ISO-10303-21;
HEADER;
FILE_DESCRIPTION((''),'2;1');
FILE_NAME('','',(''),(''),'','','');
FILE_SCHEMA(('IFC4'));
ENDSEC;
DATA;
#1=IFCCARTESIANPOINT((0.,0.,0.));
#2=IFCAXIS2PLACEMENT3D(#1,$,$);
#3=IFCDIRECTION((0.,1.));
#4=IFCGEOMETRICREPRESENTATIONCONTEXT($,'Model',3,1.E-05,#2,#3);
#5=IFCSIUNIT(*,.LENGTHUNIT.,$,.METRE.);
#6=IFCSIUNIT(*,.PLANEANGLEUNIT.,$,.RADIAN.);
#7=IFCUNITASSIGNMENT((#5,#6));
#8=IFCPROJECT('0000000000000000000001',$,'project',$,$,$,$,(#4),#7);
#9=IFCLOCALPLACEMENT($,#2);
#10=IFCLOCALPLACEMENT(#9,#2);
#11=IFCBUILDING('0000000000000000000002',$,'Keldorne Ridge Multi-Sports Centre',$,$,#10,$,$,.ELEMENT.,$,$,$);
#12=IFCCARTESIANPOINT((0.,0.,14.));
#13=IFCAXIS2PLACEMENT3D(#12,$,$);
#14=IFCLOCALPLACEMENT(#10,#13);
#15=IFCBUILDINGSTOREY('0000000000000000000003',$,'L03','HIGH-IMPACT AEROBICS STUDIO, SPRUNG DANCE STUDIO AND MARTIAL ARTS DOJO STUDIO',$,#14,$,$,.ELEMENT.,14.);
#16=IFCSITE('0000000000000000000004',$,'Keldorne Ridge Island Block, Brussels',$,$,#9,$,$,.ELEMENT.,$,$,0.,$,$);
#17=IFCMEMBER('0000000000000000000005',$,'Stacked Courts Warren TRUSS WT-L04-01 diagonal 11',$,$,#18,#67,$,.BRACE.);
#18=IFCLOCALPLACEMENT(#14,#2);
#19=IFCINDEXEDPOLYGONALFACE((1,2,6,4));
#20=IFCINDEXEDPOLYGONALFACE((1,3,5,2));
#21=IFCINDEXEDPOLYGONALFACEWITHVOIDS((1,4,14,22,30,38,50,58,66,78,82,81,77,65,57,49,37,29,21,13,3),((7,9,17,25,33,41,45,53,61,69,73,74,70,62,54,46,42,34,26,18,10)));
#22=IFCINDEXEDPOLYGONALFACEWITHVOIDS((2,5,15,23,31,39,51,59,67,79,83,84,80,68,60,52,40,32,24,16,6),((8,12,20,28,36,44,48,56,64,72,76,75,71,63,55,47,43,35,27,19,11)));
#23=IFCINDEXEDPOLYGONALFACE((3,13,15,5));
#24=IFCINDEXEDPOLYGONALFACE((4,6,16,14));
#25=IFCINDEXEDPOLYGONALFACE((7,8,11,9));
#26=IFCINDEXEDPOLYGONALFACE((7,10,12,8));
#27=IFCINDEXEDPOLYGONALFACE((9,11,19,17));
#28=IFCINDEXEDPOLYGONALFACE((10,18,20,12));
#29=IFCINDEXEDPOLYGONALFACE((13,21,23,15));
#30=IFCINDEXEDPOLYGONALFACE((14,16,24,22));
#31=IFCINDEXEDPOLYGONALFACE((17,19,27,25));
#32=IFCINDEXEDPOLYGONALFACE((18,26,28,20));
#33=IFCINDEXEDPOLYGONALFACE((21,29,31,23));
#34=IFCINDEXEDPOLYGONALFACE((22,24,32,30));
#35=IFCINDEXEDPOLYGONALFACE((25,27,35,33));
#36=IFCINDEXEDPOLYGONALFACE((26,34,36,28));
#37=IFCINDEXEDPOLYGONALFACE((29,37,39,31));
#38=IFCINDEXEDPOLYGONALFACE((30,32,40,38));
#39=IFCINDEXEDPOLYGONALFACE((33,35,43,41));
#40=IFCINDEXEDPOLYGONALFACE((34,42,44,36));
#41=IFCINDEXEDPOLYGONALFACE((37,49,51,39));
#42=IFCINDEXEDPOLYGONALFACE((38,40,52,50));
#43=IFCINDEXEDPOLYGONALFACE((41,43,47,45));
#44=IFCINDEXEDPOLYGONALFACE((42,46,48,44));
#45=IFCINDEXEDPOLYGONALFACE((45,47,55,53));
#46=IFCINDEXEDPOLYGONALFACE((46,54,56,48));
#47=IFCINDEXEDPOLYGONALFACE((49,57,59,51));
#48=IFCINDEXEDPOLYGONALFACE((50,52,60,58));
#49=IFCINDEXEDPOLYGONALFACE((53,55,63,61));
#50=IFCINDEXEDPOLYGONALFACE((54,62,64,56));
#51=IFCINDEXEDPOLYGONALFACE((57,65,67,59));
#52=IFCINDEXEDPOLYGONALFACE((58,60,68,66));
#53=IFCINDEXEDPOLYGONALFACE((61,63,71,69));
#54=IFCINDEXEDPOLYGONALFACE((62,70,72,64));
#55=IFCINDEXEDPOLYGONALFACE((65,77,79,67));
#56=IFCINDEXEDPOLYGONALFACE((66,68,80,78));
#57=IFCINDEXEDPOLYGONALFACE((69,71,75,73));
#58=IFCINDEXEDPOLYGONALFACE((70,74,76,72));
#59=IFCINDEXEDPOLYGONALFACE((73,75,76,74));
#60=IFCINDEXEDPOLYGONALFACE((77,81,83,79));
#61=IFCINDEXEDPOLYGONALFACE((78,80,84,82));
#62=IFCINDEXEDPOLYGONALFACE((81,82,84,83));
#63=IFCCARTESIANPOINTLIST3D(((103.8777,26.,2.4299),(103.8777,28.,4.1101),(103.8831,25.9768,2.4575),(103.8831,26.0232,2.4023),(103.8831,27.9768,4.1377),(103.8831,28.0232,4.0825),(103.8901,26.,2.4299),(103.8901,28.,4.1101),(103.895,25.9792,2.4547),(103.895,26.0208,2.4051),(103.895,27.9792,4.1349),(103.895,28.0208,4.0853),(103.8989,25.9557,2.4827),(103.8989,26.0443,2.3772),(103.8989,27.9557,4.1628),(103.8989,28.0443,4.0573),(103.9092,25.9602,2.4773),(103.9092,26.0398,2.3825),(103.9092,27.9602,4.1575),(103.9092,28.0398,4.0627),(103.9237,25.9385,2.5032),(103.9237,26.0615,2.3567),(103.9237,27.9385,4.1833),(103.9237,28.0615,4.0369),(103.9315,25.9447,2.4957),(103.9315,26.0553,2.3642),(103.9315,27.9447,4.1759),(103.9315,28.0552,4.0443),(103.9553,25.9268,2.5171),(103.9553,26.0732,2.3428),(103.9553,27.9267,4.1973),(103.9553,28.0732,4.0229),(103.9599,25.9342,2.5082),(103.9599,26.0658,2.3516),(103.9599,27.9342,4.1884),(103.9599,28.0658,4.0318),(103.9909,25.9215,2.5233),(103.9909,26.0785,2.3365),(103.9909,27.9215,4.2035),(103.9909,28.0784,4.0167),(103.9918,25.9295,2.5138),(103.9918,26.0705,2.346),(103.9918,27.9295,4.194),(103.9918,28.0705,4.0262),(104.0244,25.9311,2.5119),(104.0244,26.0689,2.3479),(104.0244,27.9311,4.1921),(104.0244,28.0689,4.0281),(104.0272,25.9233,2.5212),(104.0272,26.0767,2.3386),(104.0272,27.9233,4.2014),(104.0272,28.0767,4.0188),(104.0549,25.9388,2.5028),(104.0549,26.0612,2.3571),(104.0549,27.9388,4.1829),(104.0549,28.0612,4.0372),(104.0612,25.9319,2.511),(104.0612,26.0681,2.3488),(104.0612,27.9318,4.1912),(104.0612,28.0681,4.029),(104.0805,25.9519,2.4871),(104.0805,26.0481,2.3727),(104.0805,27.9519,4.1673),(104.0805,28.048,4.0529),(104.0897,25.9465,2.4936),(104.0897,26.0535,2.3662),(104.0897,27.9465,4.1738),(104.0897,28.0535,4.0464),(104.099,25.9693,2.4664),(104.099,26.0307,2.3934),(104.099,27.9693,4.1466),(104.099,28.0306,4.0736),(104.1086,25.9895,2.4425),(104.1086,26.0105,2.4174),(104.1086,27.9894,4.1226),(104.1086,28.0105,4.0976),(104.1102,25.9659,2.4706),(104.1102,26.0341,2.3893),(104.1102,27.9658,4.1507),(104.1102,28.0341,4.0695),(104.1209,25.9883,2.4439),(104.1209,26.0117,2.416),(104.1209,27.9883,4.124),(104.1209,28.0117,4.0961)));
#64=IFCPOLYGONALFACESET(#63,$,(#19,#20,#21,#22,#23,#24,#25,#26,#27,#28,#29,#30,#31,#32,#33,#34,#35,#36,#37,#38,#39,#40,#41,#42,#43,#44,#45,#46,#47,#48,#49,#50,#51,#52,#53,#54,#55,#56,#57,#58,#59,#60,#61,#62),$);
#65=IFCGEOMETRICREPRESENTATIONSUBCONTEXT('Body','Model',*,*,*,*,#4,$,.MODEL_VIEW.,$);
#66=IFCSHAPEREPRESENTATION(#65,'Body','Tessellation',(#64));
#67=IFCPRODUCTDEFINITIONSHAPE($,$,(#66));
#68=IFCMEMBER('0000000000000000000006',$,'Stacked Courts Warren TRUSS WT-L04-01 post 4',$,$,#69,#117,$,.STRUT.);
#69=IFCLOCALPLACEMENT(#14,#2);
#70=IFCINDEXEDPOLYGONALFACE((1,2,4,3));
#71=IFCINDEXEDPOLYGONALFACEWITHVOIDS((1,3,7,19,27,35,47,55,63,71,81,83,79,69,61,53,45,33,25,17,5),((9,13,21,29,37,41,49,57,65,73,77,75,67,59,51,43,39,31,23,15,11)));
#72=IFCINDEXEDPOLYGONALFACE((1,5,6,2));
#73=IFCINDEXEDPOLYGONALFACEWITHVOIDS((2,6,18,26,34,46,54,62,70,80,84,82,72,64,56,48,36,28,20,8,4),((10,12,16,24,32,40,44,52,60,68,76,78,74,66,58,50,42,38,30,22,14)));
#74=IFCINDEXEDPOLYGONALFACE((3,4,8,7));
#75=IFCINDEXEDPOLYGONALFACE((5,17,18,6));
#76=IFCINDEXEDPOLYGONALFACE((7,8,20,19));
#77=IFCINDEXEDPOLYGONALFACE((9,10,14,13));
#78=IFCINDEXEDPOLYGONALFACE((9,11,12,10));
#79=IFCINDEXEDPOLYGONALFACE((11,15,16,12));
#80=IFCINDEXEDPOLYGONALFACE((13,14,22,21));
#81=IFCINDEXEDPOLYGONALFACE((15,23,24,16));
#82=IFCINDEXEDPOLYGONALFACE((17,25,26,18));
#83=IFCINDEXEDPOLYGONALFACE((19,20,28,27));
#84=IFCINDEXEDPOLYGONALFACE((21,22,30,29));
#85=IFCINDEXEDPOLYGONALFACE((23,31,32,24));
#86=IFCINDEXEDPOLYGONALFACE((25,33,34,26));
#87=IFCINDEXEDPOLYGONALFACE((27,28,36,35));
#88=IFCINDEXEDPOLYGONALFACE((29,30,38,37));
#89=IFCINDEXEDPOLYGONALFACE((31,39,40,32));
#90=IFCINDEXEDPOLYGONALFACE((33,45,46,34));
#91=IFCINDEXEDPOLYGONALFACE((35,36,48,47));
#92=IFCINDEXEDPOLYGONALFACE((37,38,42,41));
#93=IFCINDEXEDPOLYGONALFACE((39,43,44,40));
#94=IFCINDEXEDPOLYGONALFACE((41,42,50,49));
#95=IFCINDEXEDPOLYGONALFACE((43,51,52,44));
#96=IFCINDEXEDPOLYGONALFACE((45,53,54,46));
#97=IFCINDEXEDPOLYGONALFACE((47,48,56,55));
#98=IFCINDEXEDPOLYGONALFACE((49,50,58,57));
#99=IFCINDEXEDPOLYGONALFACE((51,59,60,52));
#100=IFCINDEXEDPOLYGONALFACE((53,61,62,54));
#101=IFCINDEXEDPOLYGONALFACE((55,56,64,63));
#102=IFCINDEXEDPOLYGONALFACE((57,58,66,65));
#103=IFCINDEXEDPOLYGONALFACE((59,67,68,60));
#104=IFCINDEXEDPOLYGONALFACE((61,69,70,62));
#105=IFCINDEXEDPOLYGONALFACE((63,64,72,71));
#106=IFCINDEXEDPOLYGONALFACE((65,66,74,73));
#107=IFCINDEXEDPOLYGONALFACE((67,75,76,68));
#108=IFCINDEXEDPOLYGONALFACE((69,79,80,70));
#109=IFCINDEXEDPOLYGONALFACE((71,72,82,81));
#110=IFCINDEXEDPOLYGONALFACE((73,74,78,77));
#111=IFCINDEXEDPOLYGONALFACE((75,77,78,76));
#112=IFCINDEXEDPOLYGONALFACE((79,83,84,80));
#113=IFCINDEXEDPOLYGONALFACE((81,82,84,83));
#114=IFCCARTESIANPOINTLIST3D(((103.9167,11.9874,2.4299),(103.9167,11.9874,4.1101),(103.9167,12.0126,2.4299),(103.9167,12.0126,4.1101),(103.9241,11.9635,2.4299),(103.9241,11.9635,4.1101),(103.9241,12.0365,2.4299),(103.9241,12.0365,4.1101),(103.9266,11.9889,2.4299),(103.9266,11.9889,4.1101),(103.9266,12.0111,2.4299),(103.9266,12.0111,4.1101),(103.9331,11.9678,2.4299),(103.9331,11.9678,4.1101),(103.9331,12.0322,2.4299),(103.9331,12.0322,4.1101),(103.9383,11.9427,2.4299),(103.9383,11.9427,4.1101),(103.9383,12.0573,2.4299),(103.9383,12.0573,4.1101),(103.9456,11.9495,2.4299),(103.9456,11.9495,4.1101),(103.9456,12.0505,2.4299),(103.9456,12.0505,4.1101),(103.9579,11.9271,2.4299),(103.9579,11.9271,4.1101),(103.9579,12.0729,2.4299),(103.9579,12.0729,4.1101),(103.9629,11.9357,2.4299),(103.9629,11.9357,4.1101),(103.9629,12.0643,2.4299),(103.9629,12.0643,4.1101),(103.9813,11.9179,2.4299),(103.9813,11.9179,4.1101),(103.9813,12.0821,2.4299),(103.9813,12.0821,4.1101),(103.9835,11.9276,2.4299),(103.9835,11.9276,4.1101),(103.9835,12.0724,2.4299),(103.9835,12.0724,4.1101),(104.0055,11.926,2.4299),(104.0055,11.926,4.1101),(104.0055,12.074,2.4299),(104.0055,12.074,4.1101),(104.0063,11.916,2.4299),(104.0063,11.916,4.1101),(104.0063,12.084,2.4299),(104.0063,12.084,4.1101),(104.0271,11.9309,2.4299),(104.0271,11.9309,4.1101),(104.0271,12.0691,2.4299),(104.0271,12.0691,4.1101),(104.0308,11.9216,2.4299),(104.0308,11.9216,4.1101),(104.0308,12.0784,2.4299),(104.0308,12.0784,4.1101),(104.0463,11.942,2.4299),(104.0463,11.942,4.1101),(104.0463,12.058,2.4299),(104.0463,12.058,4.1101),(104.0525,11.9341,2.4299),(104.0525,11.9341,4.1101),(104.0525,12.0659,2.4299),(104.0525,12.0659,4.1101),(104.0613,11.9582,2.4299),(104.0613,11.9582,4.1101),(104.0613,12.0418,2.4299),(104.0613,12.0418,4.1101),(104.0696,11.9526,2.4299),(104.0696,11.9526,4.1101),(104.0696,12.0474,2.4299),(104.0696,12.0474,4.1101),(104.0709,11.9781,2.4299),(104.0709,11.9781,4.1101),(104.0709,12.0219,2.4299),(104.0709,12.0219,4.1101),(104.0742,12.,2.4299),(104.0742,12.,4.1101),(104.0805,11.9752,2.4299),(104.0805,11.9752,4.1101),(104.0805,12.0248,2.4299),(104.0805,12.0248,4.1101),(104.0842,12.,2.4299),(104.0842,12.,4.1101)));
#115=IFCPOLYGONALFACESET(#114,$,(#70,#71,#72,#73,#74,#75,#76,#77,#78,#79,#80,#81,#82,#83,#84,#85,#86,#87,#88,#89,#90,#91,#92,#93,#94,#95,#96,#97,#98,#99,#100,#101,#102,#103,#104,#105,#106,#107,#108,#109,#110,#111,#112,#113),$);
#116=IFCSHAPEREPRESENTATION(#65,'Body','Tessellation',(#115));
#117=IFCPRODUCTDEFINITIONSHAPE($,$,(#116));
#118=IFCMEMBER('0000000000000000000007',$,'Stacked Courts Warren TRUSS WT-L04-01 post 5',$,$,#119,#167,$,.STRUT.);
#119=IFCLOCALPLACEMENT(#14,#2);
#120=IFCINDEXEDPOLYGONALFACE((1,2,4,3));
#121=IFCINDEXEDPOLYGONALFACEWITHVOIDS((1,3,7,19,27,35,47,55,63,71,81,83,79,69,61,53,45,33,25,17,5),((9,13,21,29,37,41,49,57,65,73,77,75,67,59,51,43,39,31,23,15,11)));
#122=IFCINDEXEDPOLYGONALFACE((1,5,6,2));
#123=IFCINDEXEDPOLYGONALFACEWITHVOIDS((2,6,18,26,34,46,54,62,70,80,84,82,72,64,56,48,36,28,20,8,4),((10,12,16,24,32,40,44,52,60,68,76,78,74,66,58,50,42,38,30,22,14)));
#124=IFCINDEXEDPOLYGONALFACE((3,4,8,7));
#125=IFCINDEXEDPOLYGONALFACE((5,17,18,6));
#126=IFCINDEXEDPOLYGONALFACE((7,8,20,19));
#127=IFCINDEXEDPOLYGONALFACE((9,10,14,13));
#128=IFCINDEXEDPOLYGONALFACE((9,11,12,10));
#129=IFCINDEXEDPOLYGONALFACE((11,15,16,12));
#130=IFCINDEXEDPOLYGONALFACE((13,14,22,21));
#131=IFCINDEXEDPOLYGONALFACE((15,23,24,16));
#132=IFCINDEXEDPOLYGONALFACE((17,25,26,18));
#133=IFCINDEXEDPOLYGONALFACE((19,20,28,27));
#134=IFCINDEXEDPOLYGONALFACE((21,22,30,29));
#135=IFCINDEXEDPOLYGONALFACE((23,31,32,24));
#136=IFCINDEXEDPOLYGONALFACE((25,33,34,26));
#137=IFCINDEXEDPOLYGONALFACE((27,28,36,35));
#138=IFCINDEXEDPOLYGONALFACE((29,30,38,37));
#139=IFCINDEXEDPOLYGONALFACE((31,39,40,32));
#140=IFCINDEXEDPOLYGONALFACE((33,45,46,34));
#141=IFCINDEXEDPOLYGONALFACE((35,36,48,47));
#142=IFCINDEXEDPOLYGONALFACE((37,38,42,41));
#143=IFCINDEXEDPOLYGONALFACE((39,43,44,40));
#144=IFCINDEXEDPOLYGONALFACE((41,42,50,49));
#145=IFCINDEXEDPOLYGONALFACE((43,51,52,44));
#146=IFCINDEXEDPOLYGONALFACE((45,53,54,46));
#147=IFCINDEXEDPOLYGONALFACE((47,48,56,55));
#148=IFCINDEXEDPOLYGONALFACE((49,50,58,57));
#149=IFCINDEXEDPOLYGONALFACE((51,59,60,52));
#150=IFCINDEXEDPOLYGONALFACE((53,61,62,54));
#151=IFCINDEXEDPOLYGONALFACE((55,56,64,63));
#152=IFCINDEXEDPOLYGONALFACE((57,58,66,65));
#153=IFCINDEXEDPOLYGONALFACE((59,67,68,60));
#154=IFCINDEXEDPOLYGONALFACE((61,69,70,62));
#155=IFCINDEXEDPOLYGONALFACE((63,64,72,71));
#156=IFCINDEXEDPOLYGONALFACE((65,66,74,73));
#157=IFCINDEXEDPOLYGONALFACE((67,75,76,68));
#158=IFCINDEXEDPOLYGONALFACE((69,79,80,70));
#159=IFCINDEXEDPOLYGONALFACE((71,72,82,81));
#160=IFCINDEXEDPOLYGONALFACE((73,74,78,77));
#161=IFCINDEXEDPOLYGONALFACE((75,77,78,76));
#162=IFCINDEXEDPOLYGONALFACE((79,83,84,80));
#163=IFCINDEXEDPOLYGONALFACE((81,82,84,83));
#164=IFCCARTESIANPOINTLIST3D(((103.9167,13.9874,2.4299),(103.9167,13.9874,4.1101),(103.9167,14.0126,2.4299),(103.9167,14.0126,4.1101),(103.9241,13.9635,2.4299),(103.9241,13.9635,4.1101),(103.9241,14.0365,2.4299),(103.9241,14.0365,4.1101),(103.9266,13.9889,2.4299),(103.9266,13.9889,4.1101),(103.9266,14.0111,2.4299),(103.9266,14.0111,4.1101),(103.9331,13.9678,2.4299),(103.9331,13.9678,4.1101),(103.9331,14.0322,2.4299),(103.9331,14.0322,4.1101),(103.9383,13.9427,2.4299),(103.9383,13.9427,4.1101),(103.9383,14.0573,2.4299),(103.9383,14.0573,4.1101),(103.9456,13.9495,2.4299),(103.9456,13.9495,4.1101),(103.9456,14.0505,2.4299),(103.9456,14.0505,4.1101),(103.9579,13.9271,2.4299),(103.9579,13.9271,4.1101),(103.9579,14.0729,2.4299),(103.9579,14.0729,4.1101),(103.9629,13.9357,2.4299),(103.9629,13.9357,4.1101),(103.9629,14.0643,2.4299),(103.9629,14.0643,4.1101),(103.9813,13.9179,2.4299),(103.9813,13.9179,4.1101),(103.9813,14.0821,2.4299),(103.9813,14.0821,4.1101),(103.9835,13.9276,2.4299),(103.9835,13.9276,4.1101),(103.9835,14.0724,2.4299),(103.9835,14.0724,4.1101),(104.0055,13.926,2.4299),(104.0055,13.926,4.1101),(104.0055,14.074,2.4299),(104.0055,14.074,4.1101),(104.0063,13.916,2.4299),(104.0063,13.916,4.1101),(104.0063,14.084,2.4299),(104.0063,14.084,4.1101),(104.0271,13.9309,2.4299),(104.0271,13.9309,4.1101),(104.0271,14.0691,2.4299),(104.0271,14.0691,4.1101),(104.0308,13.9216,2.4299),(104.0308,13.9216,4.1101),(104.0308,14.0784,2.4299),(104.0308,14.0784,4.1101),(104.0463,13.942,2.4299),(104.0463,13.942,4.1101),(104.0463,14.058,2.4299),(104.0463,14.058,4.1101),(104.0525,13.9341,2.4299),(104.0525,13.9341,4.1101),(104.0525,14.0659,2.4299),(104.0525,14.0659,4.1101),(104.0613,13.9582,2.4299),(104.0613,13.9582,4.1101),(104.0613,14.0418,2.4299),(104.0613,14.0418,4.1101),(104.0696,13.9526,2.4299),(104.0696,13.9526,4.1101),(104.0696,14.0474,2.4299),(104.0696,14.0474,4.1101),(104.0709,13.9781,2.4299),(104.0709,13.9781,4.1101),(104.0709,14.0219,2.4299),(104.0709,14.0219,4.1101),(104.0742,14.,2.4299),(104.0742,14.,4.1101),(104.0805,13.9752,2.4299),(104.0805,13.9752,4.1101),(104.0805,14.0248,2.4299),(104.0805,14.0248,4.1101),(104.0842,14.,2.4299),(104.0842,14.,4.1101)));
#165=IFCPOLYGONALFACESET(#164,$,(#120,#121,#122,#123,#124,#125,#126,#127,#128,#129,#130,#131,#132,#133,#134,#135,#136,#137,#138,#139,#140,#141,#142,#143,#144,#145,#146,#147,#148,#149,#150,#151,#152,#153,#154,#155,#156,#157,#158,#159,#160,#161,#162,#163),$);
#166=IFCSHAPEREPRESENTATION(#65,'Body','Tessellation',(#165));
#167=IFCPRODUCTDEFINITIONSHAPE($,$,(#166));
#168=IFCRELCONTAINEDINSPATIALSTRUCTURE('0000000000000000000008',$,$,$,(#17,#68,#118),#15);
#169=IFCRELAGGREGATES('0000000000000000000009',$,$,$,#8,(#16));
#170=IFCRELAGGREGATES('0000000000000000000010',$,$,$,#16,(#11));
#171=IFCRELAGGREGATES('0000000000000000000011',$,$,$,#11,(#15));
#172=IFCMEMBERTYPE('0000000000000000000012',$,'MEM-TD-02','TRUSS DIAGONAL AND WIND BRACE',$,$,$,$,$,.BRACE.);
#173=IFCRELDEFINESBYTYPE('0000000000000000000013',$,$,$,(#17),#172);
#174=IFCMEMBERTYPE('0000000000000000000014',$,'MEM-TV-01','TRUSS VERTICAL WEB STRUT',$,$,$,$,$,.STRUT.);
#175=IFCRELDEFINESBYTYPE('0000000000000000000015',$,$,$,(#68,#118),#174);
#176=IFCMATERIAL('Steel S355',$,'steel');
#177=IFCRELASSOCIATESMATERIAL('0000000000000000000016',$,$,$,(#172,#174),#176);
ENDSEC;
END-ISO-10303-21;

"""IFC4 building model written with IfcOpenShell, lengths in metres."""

from ifc_helpers import new_model, si_unit, direction, frame, origin, origin_2d, place, context, subcontext, project, spatial, hollow_circle, extrude, material, material_profile, profile_set, type_object, element, save


model = new_model("IFC4")

# Units and contexts
model_context = context("Model", 3, precision=1e-05, world=origin(), true_north=direction((0.0, 1.0)))
body_context = subcontext(model_context, "Body", "Model", "MODEL_VIEW")
ifc_project = project(units=[si_unit("LENGTHUNIT", "METRE"), si_unit("PLANEANGLEUNIT", "RADIAN")], contexts=[model_context])

# Site, building, storey
site_placement = place(None, origin())
site = spatial("IfcSite", under=ifc_project, at=site_placement, Name="Keldorne Ridge Island Block, Brussels", CompositionType="ELEMENT", RefElevation=0.0)
building_placement = place(site_placement, origin())
building = spatial("IfcBuilding", under=site, at=building_placement, Name="Keldorne Ridge Multi-Sports Centre", CompositionType="ELEMENT")
storey_placement = place(building_placement, frame((0.0, 0.0, 14.0)))
storey = spatial("IfcBuildingStorey", under=building, at=storey_placement, Name="L03", Description="HIGH-IMPACT AEROBICS STUDIO, SPRUNG DANCE STUDIO AND MARTIAL ARTS DOJO STUDIO", CompositionType="ELEMENT", Elevation=14.0)

# Shared definitions
ifc_material = material(Name="Steel S355", Category="steel")

# Members
ifc_material_profile_1 = material_profile(ifc_material, hollow_circle(Radius=0.1223, WallThickness=0.0125, at=origin_2d()), Name="CHS 244.5x12.5")
ifc_profile_set_1 = profile_set([ifc_material_profile_1], Name="Steel S355")
member_type_1 = type_object("IfcMemberType", Name="MEM-TD-02", Description="TRUSS DIAGONAL AND WIND BRACE", PredefinedType="BRACE", material=ifc_profile_set_1)
for number, where, z_axis, x_axis, name in (
    (1, (104.0, 26.0, 2.4299), (0.0, 0.765672, 0.643232), (-1.0, 0.0, 0.0), "Stacked Courts Warren TRUSS WT-L04-01 diagonal 11"),
):
    element("IfcMember", number, at=place(storey_placement, frame(where, z_axis=z_axis, x_axis=x_axis)), inside=storey, type_object=member_type_1, Name=name, PredefinedType="BRACE", context=body_context, shape_type="SweptSolid", body=[
        extrude(hollow_circle(Radius=0.1223, WallThickness=0.0125, at=origin_2d()), origin(), (0.0, 0.0, 1.0), 2.6121),
    ])
ifc_material_profile_2 = material_profile(ifc_material, hollow_circle(Radius=0.0842, WallThickness=0.01, at=origin_2d()), Name="CHS 168.3x10")
ifc_profile_set_2 = profile_set([ifc_material_profile_2], Name="Steel S355")
member_type_2 = type_object("IfcMemberType", Name="MEM-TV-01", Description="TRUSS VERTICAL WEB STRUT", PredefinedType="STRUT", material=ifc_profile_set_2)
for number, where, z_axis, x_axis, name in (
    (2, (104.0, 12.0, 2.4299), (0.0, 0.0, 1.0), (1.0, 0.0, 0.0), "Stacked Courts Warren TRUSS WT-L04-01 post 4"),
    (3, (104.0, 14.0, 2.4299), (0.0, 0.0, 1.0), (1.0, 0.0, 0.0), "Stacked Courts Warren TRUSS WT-L04-01 post 5"),
):
    element("IfcMember", number, at=place(storey_placement, frame(where, z_axis=z_axis, x_axis=x_axis)), inside=storey, type_object=member_type_2, Name=name, PredefinedType="STRUT", context=body_context, shape_type="SweptSolid", body=[
        extrude(hollow_circle(Radius=0.0842, WallThickness=0.01, at=origin_2d()), origin(), (0.0, 0.0, 1.0), 1.6802),
    ])

save(model, "model.ifc")
